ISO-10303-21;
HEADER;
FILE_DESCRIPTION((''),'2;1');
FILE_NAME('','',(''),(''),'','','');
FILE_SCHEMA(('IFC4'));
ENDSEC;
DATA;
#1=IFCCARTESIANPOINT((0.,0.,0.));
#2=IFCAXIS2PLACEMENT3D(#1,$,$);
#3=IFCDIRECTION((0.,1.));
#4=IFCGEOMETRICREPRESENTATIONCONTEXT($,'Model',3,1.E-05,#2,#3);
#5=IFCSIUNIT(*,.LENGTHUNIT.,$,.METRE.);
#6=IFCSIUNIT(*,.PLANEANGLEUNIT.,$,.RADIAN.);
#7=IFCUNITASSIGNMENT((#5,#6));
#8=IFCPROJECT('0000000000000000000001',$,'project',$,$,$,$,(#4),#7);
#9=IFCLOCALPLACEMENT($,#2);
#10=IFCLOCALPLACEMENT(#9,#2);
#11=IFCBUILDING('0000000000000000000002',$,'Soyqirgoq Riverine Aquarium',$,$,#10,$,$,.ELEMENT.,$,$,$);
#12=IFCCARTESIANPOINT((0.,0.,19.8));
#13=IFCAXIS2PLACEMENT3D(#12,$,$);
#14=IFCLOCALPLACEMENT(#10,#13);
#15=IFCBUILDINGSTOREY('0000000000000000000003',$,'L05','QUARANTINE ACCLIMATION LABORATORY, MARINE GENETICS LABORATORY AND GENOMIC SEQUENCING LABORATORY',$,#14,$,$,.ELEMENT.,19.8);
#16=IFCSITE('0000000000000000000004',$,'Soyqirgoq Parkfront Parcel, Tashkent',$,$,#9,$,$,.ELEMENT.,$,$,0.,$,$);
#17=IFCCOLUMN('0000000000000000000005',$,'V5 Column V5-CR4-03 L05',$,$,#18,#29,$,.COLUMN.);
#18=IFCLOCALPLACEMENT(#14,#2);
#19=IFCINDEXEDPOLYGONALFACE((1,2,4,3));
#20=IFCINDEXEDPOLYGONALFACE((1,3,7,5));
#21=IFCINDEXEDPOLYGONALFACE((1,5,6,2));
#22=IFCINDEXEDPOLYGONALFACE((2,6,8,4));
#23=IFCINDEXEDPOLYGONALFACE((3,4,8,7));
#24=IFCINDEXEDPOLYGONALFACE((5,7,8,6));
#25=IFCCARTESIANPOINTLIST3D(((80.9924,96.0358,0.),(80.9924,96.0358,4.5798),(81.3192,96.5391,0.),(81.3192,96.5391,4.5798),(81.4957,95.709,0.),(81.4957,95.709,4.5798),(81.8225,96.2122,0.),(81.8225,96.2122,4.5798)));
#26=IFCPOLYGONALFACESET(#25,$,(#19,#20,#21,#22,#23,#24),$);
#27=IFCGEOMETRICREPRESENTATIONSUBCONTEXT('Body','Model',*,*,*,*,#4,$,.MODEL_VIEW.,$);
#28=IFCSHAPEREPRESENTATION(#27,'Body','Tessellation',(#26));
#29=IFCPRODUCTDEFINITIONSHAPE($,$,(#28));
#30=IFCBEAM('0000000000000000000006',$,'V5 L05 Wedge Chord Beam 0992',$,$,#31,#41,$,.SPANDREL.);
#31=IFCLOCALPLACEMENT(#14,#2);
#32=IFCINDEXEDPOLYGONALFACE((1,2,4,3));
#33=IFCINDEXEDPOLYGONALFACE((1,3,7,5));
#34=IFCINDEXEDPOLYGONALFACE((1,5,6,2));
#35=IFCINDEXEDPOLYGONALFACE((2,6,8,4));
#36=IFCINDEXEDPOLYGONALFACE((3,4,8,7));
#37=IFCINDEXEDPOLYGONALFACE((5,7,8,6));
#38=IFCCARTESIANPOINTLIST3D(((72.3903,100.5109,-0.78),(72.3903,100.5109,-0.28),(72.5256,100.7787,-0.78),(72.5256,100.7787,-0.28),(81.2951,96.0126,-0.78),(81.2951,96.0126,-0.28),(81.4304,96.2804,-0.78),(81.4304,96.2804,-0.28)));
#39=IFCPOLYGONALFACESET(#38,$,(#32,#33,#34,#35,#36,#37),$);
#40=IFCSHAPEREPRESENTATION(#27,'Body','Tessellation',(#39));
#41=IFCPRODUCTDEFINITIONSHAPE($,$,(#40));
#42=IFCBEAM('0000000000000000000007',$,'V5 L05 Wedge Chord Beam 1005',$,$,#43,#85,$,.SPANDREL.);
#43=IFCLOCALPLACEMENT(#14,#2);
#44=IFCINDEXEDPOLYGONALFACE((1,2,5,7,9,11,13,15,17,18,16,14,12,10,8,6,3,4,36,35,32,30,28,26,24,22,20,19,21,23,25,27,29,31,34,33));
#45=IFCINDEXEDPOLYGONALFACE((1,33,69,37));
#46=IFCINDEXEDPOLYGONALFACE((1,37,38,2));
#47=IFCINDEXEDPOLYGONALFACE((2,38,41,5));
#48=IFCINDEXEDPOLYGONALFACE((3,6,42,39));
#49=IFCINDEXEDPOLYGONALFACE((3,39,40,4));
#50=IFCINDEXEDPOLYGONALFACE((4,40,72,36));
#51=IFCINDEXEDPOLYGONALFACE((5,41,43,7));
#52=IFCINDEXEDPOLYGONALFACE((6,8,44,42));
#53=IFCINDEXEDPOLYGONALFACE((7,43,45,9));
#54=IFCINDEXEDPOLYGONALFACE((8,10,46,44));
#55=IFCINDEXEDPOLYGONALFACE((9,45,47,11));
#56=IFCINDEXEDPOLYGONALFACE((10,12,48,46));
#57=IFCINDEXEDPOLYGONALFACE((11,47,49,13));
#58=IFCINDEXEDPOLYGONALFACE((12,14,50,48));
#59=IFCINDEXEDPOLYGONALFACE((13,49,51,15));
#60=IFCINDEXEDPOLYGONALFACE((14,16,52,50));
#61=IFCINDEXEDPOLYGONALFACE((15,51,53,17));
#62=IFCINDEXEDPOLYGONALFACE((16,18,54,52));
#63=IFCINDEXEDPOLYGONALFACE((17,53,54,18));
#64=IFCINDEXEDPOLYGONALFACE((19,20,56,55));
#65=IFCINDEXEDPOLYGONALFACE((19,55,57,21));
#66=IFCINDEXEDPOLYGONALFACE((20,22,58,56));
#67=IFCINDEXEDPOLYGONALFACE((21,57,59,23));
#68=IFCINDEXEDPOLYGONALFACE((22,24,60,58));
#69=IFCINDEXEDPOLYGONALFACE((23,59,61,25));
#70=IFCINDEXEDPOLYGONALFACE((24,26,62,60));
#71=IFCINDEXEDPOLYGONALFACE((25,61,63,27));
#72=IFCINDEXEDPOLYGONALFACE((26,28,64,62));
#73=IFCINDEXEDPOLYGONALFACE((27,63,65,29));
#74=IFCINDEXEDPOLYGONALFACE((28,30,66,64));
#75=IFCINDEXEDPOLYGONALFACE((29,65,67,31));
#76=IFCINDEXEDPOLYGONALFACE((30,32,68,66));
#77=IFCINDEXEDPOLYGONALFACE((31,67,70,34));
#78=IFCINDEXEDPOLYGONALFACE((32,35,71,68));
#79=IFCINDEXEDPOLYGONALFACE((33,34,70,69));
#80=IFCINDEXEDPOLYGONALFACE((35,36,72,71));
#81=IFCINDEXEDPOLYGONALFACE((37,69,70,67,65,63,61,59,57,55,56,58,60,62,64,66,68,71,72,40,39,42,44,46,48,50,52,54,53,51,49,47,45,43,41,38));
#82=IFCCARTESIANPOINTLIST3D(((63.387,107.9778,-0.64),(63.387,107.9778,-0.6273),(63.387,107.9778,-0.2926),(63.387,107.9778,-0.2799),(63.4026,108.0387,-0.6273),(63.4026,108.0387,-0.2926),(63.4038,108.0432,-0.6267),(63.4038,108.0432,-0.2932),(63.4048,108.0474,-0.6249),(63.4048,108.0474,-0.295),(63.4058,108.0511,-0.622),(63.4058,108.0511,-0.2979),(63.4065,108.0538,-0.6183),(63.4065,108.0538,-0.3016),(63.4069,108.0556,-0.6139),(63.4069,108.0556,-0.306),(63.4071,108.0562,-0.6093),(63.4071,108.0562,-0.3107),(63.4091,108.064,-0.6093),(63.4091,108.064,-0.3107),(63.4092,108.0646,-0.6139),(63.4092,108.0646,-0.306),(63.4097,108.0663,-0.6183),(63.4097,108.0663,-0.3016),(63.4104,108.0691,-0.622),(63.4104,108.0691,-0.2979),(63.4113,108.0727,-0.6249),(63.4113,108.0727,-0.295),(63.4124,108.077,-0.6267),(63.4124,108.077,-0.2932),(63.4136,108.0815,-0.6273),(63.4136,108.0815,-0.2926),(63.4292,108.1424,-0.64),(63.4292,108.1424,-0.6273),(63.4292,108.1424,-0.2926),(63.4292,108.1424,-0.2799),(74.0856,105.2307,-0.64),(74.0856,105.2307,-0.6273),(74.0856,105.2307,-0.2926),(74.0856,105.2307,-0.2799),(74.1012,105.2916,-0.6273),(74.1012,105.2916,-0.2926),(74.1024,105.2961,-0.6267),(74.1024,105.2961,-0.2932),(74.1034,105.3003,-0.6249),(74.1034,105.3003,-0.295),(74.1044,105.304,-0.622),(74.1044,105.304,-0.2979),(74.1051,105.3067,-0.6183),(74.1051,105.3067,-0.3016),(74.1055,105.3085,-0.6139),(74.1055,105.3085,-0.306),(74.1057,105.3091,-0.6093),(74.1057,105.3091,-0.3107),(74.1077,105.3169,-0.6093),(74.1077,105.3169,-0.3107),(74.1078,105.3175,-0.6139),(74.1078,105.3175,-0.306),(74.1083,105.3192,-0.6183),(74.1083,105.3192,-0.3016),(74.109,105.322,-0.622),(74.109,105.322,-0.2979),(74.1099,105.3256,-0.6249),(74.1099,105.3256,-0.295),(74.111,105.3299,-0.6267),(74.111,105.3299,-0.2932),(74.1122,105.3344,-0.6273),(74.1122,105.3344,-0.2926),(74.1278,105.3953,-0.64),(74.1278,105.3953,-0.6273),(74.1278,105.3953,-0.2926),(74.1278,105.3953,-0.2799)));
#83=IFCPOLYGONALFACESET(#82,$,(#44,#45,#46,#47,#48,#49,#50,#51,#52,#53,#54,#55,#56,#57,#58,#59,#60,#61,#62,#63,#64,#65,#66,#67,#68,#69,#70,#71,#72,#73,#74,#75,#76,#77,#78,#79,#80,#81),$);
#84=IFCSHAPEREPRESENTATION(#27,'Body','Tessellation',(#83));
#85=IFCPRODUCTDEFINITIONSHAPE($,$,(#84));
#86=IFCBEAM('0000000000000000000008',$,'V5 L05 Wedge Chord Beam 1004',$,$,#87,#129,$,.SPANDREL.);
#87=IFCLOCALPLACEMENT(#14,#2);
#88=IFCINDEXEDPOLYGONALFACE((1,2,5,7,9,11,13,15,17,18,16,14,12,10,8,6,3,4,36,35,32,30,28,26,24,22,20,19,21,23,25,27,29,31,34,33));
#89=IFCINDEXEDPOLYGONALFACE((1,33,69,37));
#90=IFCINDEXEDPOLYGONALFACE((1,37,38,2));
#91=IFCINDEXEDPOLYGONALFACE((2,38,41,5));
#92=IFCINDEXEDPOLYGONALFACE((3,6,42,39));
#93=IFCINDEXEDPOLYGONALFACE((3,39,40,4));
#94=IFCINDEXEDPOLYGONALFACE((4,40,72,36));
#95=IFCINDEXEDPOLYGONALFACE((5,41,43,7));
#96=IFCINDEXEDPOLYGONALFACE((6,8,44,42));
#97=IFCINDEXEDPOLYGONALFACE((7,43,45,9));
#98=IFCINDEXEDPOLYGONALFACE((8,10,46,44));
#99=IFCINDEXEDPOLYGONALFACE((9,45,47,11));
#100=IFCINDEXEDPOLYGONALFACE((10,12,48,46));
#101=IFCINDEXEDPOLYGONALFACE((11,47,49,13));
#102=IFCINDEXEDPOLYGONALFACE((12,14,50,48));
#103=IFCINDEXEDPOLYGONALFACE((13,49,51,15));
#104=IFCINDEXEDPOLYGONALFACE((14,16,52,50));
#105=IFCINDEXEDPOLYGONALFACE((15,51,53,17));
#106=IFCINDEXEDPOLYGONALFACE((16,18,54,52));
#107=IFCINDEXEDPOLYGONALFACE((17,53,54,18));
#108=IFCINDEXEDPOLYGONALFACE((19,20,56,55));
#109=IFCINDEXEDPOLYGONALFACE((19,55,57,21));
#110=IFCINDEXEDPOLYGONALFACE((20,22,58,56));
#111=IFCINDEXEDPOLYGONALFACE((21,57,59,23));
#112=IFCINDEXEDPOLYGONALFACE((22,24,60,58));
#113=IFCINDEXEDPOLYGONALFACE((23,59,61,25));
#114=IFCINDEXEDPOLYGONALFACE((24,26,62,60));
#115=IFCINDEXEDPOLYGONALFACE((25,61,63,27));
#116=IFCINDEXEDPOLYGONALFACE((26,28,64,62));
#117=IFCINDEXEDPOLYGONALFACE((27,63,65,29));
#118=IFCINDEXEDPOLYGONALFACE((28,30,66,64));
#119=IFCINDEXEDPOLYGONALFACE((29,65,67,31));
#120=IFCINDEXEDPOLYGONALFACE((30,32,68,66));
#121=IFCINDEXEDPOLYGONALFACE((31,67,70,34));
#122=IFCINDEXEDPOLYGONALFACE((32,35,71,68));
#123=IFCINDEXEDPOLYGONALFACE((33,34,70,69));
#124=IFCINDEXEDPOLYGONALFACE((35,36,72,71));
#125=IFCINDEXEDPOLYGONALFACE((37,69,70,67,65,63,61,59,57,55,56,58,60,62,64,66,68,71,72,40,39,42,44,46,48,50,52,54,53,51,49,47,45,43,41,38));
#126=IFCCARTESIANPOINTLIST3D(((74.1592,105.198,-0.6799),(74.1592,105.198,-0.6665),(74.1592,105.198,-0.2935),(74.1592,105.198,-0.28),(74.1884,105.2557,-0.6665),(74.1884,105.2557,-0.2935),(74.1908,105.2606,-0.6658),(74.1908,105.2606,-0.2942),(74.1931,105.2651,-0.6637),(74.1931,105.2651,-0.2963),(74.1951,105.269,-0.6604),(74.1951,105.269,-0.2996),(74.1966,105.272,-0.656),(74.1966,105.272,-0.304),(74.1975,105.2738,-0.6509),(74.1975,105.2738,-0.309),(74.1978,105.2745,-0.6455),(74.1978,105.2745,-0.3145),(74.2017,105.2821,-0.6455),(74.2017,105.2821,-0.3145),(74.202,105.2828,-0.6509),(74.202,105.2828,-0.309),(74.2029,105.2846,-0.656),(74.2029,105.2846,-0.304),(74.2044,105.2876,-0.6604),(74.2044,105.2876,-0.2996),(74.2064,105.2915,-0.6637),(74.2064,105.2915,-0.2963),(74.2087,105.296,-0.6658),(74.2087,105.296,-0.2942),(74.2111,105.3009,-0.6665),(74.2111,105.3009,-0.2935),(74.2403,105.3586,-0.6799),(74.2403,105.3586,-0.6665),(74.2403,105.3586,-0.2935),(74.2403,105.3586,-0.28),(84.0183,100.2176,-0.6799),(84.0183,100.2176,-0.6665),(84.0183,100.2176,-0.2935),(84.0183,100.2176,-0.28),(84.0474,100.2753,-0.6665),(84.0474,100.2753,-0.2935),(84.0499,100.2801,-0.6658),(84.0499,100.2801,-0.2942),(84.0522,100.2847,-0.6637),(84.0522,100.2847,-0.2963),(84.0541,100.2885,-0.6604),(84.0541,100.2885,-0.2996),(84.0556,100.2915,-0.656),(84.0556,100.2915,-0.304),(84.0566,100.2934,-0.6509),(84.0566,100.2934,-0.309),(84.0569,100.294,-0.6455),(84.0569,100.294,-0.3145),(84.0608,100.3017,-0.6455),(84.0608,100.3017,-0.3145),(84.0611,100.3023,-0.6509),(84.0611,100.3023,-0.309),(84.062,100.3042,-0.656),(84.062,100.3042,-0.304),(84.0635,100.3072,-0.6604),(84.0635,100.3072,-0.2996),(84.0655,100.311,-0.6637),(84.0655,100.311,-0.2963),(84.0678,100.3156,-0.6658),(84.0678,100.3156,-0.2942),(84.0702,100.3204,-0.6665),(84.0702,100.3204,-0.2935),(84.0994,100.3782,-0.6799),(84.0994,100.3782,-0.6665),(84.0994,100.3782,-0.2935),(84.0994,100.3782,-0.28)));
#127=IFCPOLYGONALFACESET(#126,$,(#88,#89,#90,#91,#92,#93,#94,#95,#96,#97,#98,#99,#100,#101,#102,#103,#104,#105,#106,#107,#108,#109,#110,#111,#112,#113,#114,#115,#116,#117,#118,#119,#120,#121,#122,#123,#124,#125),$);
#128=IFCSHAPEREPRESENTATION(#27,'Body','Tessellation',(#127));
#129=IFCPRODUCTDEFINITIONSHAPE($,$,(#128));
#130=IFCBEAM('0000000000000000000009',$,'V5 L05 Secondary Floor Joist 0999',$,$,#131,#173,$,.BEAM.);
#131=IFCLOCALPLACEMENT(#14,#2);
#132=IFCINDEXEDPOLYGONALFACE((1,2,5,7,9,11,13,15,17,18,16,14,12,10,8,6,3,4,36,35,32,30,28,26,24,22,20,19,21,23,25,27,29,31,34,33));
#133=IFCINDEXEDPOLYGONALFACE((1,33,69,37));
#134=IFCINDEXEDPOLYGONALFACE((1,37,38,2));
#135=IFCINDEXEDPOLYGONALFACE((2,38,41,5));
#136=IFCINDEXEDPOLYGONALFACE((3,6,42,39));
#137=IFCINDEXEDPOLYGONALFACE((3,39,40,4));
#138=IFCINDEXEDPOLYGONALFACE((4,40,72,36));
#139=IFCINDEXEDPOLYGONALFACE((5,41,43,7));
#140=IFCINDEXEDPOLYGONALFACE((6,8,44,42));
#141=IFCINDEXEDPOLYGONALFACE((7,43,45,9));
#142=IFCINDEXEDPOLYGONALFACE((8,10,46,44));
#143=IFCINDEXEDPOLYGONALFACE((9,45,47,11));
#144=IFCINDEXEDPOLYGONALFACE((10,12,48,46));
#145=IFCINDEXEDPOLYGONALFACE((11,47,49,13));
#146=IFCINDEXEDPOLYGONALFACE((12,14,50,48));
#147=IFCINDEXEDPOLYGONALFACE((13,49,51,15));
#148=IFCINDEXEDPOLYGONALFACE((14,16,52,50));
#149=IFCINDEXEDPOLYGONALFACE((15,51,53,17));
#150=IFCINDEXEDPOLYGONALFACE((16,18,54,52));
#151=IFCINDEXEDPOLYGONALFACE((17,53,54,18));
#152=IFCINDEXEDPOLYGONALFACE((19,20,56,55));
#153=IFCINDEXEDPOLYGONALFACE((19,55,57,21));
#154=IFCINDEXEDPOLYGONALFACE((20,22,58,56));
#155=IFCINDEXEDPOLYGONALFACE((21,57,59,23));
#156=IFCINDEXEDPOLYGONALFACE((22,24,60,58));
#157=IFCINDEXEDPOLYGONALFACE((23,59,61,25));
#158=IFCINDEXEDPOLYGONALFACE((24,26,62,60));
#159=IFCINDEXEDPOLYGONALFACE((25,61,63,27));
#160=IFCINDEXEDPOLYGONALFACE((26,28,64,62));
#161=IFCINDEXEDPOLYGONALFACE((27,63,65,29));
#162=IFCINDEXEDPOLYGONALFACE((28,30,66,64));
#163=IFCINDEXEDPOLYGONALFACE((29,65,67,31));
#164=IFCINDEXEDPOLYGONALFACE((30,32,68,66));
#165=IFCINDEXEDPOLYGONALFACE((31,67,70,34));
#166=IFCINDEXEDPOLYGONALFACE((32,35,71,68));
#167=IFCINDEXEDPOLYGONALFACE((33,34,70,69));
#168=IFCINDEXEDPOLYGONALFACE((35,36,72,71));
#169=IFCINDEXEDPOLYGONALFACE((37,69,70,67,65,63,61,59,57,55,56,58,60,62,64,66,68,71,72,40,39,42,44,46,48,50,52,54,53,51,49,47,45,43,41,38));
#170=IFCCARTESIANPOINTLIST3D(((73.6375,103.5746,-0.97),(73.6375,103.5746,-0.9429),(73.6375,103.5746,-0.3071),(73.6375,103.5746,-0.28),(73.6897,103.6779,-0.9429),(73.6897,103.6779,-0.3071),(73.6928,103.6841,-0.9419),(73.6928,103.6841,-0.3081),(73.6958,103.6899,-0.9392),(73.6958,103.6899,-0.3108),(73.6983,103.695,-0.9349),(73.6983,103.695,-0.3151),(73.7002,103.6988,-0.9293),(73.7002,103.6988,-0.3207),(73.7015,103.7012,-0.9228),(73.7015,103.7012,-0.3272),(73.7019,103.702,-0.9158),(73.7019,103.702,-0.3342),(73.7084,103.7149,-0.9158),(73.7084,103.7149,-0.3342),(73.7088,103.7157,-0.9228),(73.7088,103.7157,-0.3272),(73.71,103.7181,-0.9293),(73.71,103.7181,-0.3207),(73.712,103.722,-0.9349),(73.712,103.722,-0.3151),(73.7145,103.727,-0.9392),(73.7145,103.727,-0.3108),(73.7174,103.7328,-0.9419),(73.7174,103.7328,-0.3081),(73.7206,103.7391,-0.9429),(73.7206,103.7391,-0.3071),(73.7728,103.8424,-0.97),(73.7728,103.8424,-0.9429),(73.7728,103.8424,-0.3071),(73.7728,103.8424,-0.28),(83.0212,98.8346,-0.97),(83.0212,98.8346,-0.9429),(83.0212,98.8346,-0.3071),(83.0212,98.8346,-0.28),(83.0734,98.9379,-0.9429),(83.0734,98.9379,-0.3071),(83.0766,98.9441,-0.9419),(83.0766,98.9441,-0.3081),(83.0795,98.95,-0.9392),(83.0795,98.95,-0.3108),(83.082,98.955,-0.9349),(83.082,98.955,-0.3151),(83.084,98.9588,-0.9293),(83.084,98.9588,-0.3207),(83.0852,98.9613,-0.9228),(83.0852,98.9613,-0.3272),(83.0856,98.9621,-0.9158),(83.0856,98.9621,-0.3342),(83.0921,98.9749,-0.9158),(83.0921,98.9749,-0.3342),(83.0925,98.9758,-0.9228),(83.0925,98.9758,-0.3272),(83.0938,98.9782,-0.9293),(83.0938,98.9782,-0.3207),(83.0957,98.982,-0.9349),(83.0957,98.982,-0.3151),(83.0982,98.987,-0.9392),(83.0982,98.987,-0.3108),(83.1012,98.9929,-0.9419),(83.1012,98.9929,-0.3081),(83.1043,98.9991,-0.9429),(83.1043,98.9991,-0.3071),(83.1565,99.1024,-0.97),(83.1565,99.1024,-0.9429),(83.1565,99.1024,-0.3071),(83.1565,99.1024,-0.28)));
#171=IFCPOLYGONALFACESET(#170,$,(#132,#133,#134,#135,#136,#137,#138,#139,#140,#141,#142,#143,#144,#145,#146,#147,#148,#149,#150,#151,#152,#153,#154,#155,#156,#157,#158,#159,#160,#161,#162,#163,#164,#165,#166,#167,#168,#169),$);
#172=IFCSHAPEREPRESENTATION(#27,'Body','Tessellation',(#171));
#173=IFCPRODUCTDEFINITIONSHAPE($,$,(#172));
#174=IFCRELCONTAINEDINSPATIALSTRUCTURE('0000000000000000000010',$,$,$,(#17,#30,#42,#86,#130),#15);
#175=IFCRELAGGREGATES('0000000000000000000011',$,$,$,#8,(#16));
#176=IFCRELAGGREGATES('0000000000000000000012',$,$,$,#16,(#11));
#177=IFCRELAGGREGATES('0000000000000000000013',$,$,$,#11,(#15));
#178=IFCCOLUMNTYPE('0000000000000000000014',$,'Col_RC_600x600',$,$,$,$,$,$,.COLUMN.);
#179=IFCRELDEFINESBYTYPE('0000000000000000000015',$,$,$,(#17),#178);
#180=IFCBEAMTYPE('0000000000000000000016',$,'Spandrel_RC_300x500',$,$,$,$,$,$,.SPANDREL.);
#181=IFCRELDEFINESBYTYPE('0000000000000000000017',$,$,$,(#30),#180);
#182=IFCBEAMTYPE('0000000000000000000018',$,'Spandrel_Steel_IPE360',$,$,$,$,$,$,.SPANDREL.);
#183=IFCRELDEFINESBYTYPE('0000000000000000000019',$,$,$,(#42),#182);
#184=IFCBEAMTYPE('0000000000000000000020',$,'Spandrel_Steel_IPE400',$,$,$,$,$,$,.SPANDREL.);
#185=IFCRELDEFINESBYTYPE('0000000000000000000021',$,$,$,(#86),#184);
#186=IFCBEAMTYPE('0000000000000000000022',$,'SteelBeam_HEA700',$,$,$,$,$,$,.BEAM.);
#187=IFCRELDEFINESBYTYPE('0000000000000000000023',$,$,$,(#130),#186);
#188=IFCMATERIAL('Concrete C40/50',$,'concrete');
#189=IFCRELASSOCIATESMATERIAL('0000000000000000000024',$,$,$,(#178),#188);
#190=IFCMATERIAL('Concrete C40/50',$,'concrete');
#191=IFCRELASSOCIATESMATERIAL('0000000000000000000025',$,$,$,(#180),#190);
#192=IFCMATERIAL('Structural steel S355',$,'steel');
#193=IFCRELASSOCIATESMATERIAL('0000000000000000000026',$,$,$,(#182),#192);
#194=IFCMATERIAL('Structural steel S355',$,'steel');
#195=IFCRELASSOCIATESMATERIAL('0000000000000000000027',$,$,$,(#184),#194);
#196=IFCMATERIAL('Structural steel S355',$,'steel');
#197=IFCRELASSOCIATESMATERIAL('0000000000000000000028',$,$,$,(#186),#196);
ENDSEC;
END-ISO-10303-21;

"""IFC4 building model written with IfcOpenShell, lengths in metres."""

from ifc_helpers import new_model, si_unit, direction, frame, origin, origin_2d, place, context, subcontext, project, spatial, rectangle, i_section, extrude, material, material_profile, profile_set, type_object, element, save


model = new_model("IFC4")

# Units and contexts
model_context = context("Model", 3, precision=1e-05, world=origin(), true_north=direction((0.0, 1.0)))
body_context = subcontext(model_context, "Body", "Model", "MODEL_VIEW")
ifc_project = project(units=[si_unit("LENGTHUNIT", "METRE"), si_unit("PLANEANGLEUNIT", "RADIAN")], contexts=[model_context])

# Site, building, storey
site_placement = place(None, origin())
site = spatial("IfcSite", under=ifc_project, at=site_placement, Name="Soyqirgoq Parkfront Parcel, Tashkent", CompositionType="ELEMENT", RefElevation=0.0)
building_placement = place(site_placement, origin())
building = spatial("IfcBuilding", under=site, at=building_placement, Name="Soyqirgoq Riverine Aquarium", CompositionType="ELEMENT")
storey_placement = place(building_placement, frame((0.0, 0.0, 19.8)))
storey = spatial("IfcBuildingStorey", under=building, at=storey_placement, Name="L05", Description="QUARANTINE ACCLIMATION LABORATORY, MARINE GENETICS LABORATORY AND GENOMIC SEQUENCING LABORATORY", CompositionType="ELEMENT", Elevation=19.8)

# Column
ifc_material_1 = material(Name="Concrete C40/50", Category="concrete")
ifc_material_profile_1 = material_profile(ifc_material_1, rectangle(XDim=0.6001, YDim=0.6001, at=origin_2d()), Name="RC 600x600")
ifc_profile_set_1 = profile_set([ifc_material_profile_1], Name="Concrete C40/50")
column_type = type_object("IfcColumnType", Name="Col_RC_600x600", PredefinedType="COLUMN", material=ifc_profile_set_1)
column_placement = place(storey_placement, frame((81.4075, 96.124, 0.0), z_axis=(0.0, 0.0, 1.0), x_axis=(0.544639, 0.838671, 0.0)))
element("IfcColumn", 1, at=column_placement, inside=storey, type_object=column_type, Name="V5 Column V5-CR4-03 L05", PredefinedType="COLUMN", context=body_context, shape_type="SweptSolid", body=[
    extrude(rectangle(XDim=0.6001, YDim=0.6001, at=origin_2d()), origin(), (0.0, 0.0, 1.0), 4.5798),
])

# Beams
ifc_material_2 = material(Name="Concrete C40/50", Category="concrete")
ifc_material_profile_2 = material_profile(ifc_material_2, rectangle(XDim=0.3, YDim=0.5, at=origin_2d()), Name="RC 300x500")
ifc_profile_set_2 = profile_set([ifc_material_profile_2], Name="Concrete C40/50")
beam_type_1 = type_object("IfcBeamType", Name="Spandrel_RC_300x500", PredefinedType="SPANDREL", material=ifc_profile_set_2)
beam_1_placement = place(storey_placement, frame((81.3628, 96.1465, -0.53), z_axis=(-0.892579, 0.45089, 0.0), x_axis=(-0.45089, -0.892579, 0.0)))
element("IfcBeam", 2, at=beam_1_placement, inside=storey, type_object=beam_type_1, Name="V5 L05 Wedge Chord Beam 0992", PredefinedType="SPANDREL", context=body_context, shape_type="SweptSolid", body=[
    extrude(rectangle(XDim=0.3, YDim=0.5, at=origin_2d()), origin(), (0.0, 0.0, 1.0), 9.9766),
])
ifc_material_3 = material(Name="Structural steel S355", Category="steel")
ifc_material_profile_3 = material_profile(ifc_material_3, i_section(OverallWidth=0.1699, OverallDepth=0.3601, WebThickness=0.0081, FlangeThickness=0.0127, FilletRadius=0.0181, at=origin_2d()), Name="IPE 360")
ifc_profile_set_3 = profile_set([ifc_material_profile_3], Name="Structural steel S355")
beam_type_2 = type_object("IfcBeamType", Name="Spandrel_Steel_IPE360", PredefinedType="SPANDREL", material=ifc_profile_set_3)
beam_2_placement = place(storey_placement, frame((74.1067, 105.313, -0.46), z_axis=(-0.96858, 0.248704, 0.0), x_axis=(-0.248704, -0.96858, 0.0)))
element("IfcBeam", 3, at=beam_2_placement, inside=storey, type_object=beam_type_2, Name="V5 L05 Wedge Chord Beam 1005", PredefinedType="SPANDREL", context=body_context, shape_type="SweptSolid", body=[
    extrude(i_section(OverallWidth=0.1699, OverallDepth=0.3601, WebThickness=0.0081, FlangeThickness=0.0127, FilletRadius=0.0181, at=origin_2d()), origin(), (0.0, 0.0, 1.0), 11.0457),
])
ifc_material_4 = material(Name="Structural steel S355", Category="steel")
ifc_material_profile_4 = material_profile(ifc_material_4, i_section(OverallWidth=0.1799, OverallDepth=0.3999, WebThickness=0.0085, FlangeThickness=0.0134, FilletRadius=0.021, at=origin_2d()), Name="IPE 400")
ifc_profile_set_4 = profile_set([ifc_material_profile_4], Name="Structural steel S355")
beam_type_3 = type_object("IfcBeamType", Name="Spandrel_Steel_IPE400", PredefinedType="SPANDREL", material=ifc_profile_set_4)
beam_3_placement = place(storey_placement, frame((84.0588, 100.2979, -0.48), z_axis=(-0.892576, 0.450897, 0.0), x_axis=(-0.450897, -0.892576, 0.0)))
element("IfcBeam", 4, at=beam_3_placement, inside=storey, type_object=beam_type_3, Name="V5 L05 Wedge Chord Beam 1004", PredefinedType="SPANDREL", context=body_context, shape_type="SweptSolid", body=[
    extrude(i_section(OverallWidth=0.1799, OverallDepth=0.3999, WebThickness=0.0085, FlangeThickness=0.0134, FilletRadius=0.021, at=origin_2d()), origin(), (0.0, 0.0, 1.0), 11.0457),
])
ifc_material_5 = material(Name="Structural steel S355", Category="steel")
ifc_material_profile_5 = material_profile(ifc_material_5, i_section(OverallWidth=0.3, OverallDepth=0.6899, WebThickness=0.0144, FlangeThickness=0.0271, FilletRadius=0.0271, at=origin_2d()), Name="HEA 700")
ifc_profile_set_5 = profile_set([ifc_material_profile_5], Name="Structural steel S355")
beam_type_4 = type_object("IfcBeamType", Name="SteelBeam_HEA700", PredefinedType="BEAM", material=ifc_profile_set_5)
beam_4_placement = place(storey_placement, frame((83.0889, 98.9685, -0.625), z_axis=(-0.89259, 0.45087, 0.0), x_axis=(-0.45087, -0.89259, 0.0)))
element("IfcBeam", 5, at=beam_4_placement, inside=storey, type_object=beam_type_4, Name="V5 L05 Secondary Floor Joist 0999", PredefinedType="BEAM", context=body_context, shape_type="SweptSolid", body=[
    extrude(i_section(OverallWidth=0.3, OverallDepth=0.6899, WebThickness=0.0144, FlangeThickness=0.0271, FilletRadius=0.0271, at=origin_2d()), origin(), (0.0, 0.0, 1.0), 10.5129),
])

save(model, "model.ifc")
